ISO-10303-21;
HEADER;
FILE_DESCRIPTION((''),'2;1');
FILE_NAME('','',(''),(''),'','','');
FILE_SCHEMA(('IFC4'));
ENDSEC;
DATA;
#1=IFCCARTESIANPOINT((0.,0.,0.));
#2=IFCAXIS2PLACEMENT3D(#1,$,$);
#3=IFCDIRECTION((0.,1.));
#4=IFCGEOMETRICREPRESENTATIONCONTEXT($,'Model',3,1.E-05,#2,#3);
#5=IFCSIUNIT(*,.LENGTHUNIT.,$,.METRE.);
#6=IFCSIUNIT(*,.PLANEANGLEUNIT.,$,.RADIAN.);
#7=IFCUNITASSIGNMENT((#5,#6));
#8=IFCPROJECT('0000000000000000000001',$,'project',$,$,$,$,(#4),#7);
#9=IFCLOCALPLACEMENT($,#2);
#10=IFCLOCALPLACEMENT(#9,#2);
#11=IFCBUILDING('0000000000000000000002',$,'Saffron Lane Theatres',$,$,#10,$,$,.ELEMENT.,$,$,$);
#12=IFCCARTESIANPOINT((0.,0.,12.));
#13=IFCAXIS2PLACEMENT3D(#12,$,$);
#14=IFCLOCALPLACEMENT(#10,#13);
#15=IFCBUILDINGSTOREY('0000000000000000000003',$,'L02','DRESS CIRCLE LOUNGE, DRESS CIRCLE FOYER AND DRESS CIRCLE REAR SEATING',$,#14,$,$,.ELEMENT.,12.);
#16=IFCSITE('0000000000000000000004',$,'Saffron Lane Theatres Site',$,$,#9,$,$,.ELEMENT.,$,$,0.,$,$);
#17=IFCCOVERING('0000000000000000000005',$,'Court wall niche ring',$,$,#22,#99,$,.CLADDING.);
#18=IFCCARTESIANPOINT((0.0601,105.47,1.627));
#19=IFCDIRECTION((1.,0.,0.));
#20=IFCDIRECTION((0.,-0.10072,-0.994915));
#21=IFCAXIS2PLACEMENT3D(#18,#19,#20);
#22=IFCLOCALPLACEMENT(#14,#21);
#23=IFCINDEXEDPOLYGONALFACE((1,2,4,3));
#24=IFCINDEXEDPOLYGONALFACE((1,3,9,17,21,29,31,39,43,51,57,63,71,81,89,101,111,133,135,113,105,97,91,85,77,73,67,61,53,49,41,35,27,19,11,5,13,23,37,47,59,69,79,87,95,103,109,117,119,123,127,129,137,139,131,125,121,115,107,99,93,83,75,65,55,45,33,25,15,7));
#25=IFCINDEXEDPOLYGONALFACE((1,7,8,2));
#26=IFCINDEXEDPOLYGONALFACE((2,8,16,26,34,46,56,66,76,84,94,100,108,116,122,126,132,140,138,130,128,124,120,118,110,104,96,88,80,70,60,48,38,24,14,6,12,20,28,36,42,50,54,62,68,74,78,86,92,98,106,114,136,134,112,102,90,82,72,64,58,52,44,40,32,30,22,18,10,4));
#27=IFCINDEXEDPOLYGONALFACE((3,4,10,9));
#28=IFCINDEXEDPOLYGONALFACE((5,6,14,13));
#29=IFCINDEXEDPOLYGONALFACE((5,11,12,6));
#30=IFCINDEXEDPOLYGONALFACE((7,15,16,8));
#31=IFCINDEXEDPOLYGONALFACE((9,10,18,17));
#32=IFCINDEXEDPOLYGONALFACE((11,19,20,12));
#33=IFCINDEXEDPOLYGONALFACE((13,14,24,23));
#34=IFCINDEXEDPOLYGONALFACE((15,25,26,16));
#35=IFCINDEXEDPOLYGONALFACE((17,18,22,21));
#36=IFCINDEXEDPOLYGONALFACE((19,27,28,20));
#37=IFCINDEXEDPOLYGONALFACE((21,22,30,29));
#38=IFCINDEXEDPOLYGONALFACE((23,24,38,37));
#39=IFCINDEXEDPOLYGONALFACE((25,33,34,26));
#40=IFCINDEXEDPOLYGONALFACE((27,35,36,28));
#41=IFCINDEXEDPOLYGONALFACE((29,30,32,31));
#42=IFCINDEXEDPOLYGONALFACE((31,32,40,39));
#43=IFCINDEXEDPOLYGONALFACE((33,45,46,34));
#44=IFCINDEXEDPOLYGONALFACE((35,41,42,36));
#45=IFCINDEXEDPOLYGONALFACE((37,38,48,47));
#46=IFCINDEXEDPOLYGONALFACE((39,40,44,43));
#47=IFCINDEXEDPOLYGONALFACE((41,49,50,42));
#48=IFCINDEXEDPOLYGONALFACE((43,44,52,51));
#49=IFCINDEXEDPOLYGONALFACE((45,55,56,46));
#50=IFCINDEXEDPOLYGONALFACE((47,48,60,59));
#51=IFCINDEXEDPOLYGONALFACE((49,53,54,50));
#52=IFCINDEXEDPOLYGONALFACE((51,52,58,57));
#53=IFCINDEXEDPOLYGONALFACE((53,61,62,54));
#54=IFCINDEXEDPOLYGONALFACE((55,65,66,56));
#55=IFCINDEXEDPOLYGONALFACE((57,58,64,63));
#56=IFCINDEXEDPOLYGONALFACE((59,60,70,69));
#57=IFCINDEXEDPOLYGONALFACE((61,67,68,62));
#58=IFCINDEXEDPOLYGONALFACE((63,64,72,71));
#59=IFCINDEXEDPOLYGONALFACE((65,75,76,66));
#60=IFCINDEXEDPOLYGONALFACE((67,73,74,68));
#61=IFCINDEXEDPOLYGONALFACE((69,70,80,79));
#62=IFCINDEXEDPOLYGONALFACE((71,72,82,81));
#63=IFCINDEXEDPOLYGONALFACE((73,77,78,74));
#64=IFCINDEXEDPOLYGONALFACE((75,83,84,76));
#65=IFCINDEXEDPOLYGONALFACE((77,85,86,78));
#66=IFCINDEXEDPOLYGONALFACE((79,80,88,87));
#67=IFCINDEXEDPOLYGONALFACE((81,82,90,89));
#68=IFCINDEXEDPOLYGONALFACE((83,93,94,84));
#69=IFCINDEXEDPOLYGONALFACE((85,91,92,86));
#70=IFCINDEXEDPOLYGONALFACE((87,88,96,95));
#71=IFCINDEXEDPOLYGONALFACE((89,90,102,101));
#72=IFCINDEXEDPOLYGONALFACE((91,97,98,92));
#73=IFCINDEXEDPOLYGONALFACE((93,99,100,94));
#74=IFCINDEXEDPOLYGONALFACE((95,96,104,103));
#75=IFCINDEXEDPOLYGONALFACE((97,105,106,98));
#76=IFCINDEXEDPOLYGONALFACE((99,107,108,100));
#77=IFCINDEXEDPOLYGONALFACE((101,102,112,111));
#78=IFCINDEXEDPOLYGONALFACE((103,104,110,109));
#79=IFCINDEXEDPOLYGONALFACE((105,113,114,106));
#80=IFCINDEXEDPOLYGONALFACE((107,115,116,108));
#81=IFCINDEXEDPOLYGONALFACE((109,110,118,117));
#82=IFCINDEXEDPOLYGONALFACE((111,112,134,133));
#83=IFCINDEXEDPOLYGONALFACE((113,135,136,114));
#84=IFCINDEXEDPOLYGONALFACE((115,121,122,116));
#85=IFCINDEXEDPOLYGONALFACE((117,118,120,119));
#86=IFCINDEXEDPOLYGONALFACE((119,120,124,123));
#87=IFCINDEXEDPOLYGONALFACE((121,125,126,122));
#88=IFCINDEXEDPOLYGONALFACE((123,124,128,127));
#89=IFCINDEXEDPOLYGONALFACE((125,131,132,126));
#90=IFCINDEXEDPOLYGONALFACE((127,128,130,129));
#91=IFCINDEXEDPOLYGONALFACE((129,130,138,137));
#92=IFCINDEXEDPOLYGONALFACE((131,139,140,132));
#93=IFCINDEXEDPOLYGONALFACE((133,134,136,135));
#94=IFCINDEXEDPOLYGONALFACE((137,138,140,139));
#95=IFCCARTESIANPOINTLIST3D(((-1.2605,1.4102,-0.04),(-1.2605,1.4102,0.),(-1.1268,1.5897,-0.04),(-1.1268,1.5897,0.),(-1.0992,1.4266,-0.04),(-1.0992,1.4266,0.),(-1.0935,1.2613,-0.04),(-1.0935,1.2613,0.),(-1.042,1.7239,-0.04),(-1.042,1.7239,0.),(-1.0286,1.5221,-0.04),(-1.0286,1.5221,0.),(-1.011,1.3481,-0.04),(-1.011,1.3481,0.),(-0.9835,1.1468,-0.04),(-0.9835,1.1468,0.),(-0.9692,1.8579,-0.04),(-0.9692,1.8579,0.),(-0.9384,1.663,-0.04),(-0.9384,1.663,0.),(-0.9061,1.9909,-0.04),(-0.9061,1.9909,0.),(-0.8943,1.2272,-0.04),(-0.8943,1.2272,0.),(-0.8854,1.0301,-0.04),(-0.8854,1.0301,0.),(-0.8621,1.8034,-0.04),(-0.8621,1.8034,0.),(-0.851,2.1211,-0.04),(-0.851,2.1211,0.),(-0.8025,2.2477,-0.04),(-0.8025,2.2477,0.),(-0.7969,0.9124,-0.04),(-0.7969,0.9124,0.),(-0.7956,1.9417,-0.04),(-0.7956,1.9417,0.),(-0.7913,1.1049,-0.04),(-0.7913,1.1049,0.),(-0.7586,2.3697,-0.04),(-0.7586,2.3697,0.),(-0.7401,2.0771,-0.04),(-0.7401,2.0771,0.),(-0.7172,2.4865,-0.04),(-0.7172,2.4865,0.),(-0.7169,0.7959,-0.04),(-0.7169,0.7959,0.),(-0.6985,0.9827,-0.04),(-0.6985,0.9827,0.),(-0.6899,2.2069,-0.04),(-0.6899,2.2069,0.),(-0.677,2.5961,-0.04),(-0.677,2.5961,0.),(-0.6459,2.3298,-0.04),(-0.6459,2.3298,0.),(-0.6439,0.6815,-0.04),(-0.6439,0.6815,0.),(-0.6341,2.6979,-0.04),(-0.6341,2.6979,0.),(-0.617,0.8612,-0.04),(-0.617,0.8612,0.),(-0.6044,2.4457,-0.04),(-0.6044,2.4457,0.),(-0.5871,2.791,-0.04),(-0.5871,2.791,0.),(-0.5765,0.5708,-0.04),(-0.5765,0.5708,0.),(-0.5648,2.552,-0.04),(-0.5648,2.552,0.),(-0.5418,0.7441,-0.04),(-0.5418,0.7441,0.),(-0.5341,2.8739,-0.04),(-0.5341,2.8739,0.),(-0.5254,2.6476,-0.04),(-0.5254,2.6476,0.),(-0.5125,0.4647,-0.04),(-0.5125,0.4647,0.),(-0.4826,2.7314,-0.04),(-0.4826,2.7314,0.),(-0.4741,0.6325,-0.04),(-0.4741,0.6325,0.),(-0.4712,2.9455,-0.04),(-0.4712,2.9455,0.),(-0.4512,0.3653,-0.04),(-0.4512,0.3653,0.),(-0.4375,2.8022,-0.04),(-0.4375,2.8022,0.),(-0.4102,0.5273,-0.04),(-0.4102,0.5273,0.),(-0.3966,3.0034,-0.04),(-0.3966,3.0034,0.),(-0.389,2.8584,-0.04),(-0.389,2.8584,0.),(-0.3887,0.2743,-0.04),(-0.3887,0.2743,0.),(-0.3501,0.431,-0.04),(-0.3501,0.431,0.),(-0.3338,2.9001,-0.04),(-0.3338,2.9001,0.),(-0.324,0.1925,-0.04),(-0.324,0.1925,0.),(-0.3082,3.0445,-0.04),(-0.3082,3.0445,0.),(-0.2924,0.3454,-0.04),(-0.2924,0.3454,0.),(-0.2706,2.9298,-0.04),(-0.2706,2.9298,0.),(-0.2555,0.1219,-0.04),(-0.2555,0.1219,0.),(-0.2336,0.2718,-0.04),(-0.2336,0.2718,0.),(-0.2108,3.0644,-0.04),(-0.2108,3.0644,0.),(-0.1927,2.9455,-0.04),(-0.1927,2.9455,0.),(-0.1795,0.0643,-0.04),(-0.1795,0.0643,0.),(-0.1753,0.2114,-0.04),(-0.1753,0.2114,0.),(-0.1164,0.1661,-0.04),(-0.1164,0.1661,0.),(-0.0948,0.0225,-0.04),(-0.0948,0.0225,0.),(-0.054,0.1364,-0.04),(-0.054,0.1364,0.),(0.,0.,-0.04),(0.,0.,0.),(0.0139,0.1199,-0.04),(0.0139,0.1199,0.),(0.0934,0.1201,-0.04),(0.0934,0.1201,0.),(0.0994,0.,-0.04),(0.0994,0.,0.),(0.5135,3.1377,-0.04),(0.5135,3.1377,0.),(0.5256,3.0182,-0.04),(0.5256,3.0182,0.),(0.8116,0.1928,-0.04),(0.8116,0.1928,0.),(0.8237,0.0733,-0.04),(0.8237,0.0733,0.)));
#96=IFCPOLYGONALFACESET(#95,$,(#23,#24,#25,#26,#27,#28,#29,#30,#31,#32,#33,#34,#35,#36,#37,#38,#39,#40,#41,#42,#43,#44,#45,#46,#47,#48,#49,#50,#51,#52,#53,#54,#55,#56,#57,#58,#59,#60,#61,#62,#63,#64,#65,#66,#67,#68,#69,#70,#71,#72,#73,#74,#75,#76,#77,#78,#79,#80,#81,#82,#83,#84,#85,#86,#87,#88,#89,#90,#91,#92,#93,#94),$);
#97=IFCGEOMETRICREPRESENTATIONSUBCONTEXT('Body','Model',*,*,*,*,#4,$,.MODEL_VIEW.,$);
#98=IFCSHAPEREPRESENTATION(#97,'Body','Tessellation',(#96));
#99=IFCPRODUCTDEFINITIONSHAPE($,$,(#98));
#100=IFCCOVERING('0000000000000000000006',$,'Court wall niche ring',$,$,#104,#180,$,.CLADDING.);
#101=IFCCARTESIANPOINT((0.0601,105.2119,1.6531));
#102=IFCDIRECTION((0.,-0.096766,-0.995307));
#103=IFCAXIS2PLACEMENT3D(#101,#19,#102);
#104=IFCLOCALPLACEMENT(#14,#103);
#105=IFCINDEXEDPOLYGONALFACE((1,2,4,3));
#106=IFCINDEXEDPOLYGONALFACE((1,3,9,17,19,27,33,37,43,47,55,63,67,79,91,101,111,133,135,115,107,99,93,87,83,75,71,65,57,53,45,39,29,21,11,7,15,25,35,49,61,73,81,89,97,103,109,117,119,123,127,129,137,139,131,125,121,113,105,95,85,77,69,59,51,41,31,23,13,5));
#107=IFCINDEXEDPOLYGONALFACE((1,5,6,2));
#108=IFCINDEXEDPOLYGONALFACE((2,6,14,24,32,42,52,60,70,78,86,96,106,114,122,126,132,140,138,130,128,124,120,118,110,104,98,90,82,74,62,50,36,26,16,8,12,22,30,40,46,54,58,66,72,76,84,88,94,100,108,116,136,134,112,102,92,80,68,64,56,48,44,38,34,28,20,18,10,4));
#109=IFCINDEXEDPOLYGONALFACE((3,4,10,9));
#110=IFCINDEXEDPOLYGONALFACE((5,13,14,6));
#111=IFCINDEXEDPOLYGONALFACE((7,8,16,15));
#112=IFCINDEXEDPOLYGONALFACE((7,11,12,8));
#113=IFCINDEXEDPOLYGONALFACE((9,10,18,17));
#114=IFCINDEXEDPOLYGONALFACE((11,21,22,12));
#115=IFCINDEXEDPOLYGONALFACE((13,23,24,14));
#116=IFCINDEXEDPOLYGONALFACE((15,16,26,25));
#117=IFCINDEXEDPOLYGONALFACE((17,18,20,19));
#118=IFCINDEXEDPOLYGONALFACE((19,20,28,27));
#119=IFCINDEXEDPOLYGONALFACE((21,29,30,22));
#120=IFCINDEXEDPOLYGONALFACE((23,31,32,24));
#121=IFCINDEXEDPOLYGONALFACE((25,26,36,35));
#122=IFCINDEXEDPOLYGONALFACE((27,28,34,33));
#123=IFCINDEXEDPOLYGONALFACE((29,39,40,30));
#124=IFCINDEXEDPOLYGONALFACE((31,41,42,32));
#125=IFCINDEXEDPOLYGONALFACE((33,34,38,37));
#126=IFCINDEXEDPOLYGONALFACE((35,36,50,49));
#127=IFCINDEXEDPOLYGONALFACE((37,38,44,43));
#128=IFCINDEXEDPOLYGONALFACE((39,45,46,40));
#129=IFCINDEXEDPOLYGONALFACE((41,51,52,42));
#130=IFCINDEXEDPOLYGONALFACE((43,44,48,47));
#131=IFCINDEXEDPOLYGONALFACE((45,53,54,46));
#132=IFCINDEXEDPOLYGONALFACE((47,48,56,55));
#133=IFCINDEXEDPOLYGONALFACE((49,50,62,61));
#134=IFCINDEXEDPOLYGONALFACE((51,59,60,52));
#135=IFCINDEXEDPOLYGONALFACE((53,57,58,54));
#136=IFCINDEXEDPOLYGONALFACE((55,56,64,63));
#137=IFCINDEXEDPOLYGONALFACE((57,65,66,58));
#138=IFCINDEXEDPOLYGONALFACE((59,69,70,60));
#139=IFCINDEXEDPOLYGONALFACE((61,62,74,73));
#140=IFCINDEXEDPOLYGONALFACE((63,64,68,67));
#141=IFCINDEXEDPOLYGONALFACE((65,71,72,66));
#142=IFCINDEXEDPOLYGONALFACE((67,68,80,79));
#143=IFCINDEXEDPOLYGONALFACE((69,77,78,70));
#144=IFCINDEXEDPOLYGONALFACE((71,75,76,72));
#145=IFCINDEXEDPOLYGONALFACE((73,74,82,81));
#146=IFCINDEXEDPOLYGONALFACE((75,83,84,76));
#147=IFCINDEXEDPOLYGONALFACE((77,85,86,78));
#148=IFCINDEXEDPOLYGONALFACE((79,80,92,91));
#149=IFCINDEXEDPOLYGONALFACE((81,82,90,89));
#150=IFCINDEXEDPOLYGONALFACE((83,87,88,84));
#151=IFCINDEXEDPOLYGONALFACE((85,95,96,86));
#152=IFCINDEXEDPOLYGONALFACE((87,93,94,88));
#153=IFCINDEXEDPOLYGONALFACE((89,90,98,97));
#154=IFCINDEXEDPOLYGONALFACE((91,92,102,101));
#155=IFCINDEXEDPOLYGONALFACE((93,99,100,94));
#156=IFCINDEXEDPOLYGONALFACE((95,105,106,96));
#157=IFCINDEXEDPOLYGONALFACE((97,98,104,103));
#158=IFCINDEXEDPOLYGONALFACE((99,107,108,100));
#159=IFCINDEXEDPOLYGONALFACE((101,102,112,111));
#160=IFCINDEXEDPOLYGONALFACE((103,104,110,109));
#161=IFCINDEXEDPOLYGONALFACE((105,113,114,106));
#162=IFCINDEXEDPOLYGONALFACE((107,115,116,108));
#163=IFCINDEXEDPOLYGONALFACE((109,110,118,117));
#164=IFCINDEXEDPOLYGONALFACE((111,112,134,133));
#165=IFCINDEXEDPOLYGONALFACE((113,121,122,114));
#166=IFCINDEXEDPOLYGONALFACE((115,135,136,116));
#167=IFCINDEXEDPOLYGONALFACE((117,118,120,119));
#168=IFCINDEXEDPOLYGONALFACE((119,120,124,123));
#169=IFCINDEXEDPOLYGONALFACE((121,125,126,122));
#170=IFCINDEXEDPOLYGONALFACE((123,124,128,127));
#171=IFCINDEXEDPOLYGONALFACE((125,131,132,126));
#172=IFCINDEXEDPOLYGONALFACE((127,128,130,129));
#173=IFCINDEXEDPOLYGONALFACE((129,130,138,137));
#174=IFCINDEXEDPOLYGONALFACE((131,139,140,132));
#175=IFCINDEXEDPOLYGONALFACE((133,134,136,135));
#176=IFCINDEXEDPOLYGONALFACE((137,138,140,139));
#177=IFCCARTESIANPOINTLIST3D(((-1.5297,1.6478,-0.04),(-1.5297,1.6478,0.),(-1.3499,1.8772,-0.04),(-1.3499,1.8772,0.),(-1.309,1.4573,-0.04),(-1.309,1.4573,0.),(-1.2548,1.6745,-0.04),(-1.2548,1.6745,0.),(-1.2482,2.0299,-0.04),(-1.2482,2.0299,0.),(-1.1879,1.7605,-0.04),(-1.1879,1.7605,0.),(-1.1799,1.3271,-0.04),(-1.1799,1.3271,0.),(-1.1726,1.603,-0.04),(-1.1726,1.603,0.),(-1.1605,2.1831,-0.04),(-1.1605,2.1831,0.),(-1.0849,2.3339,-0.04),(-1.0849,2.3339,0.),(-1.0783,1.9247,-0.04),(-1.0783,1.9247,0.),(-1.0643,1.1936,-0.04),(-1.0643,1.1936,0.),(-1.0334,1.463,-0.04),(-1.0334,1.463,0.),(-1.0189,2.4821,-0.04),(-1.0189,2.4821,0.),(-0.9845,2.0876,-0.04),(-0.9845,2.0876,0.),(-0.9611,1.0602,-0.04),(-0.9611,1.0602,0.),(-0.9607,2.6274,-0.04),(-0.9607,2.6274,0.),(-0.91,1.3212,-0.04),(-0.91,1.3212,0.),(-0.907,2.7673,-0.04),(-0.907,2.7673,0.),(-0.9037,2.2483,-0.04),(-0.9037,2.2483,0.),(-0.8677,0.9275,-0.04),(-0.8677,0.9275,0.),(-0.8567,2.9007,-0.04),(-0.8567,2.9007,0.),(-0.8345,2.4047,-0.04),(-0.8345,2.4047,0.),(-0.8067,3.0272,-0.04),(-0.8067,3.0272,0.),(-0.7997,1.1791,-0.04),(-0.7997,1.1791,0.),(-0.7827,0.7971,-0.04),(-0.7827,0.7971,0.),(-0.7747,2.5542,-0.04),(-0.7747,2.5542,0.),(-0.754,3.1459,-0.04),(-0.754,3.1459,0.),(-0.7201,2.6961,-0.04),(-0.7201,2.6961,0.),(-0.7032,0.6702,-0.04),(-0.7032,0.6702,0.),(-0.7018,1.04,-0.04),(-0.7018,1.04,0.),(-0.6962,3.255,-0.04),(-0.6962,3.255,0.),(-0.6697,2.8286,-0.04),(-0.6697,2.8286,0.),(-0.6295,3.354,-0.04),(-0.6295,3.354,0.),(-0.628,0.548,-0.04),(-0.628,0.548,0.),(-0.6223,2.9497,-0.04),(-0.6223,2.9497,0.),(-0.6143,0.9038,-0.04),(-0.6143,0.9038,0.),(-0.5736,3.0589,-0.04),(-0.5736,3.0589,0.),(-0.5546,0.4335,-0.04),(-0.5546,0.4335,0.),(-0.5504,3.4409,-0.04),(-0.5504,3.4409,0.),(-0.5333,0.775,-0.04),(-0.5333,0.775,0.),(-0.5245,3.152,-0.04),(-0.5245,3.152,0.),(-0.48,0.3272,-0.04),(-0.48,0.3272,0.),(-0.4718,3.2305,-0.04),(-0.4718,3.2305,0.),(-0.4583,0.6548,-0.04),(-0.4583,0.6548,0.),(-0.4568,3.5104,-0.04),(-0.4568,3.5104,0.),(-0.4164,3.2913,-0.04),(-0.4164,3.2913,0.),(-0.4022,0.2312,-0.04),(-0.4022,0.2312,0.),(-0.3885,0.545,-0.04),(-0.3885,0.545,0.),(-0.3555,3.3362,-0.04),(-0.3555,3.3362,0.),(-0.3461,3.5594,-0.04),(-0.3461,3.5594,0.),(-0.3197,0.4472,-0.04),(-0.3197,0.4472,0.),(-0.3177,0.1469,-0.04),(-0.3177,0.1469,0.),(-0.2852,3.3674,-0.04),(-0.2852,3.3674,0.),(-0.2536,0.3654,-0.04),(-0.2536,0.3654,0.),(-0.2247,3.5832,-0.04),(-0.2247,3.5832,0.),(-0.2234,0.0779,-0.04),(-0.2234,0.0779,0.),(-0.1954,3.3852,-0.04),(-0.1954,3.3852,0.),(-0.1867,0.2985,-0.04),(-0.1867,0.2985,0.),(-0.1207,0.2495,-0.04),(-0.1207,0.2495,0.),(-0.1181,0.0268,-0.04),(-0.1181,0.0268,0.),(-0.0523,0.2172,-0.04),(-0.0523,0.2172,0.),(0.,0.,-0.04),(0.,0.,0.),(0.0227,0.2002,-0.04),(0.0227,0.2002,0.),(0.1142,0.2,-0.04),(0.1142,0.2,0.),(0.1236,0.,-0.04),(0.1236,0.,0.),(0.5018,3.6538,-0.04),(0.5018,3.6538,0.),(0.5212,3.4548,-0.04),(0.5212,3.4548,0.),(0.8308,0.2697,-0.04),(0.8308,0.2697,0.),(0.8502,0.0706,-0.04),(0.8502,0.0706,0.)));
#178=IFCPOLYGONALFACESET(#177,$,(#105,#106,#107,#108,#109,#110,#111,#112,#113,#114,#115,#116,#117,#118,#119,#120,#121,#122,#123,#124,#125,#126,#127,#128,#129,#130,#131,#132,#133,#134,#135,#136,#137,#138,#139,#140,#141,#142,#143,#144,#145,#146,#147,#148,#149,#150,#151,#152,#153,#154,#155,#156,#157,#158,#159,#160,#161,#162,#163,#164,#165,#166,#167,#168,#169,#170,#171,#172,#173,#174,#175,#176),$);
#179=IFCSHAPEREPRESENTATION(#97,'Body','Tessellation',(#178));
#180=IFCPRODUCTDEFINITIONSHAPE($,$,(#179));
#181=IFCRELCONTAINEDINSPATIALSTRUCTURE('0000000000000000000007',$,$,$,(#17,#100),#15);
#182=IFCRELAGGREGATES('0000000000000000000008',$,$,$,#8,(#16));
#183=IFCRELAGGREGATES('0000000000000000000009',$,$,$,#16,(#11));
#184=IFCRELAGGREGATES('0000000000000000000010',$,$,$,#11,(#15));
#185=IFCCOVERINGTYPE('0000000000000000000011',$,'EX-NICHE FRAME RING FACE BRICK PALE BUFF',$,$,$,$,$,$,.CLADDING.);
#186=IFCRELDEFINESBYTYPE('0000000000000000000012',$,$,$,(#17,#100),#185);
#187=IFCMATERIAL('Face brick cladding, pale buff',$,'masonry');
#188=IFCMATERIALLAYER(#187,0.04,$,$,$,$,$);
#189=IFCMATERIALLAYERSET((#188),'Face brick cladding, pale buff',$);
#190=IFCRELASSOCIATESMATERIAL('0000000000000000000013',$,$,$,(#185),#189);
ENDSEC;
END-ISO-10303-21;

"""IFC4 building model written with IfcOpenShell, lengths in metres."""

from ifc_helpers import new_model, si_unit, direction, frame, origin, place, context, subcontext, project, spatial, polyline, outline, extrude, material, layer, layer_set, type_object, element, save


model = new_model("IFC4")

# Units and contexts
model_context = context("Model", 3, precision=1e-05, world=origin(), true_north=direction((0.0, 1.0)))
body_context = subcontext(model_context, "Body", "Model", "MODEL_VIEW")
ifc_project = project(units=[si_unit("LENGTHUNIT", "METRE"), si_unit("PLANEANGLEUNIT", "RADIAN")], contexts=[model_context])

# Site, building, storey
site_placement = place(None, origin())
site = spatial("IfcSite", under=ifc_project, at=site_placement, Name="Saffron Lane Theatres Site", CompositionType="ELEMENT", RefElevation=0.0)
building_placement = place(site_placement, origin())
building = spatial("IfcBuilding", under=site, at=building_placement, Name="Saffron Lane Theatres", CompositionType="ELEMENT")
storey_placement = place(building_placement, frame((0.0, 0.0, 12.0)))
storey = spatial("IfcBuildingStorey", under=building, at=storey_placement, Name="L02", Description="DRESS CIRCLE LOUNGE, DRESS CIRCLE FOYER AND DRESS CIRCLE REAR SEATING", CompositionType="ELEMENT", Elevation=12.0)

# Coverings
ifc_material_1 = material(Name="Face brick cladding, pale buff", Category="masonry")
ifc_layer_1 = layer(ifc_material_1, 0.04)
ifc_layer_set_1 = layer_set([ifc_layer_1], Name="Face brick cladding, pale buff")
covering_type_1 = type_object("IfcCoveringType", Name="EX-NICHE FRAME RING FACE BRICK PALE BUFF", PredefinedType="CLADDING", material=ifc_layer_set_1)
covering_1_placement = place(storey_placement, frame((0.0601, 105.47, 1.627), z_axis=(1.0, 0.0, 0.0), x_axis=(0.0, -0.10072, -0.994915)))
element("IfcCovering", 1, at=covering_1_placement, inside=storey, type_object=covering_type_1, Name="Court wall niche ring", PredefinedType="CLADDING", context=body_context, shape_type="SweptSolid", body=[
    extrude(outline(polyline([(0.0, 0.0), (0.0994, 0.0), (0.8237, 0.0733), (0.8116, 0.1928), (0.0934, 0.1201), (0.0139, 0.1199), (-0.054, 0.1364), (-0.1164, 0.1661), (-0.1753, 0.2114), (-0.2336, 0.2718), (-0.2924, 0.3454), (-0.3501, 0.431), (-0.4102, 0.5273), (-0.4741, 0.6325), (-0.5418, 0.7441), (-0.617, 0.8612), (-0.6985, 0.9827), (-0.7913, 1.1049), (-0.8943, 1.2272), (-1.011, 1.3481), (-1.0992, 1.4266), (-1.0286, 1.5221), (-0.9384, 1.663), (-0.8621, 1.8034), (-0.7956, 1.9417), (-0.7401, 2.0771), (-0.6899, 2.2069), (-0.6459, 2.3298), (-0.6044, 2.4457), (-0.5648, 2.552), (-0.5254, 2.6476), (-0.4826, 2.7314), (-0.4375, 2.8022), (-0.389, 2.8584), (-0.3338, 2.9001), (-0.2706, 2.9298), (-0.1927, 2.9455), (0.5256, 3.0182), (0.5135, 3.1377), (-0.2108, 3.0644), (-0.3082, 3.0445), (-0.3966, 3.0034), (-0.4712, 2.9455), (-0.5341, 2.8739), (-0.5871, 2.791), (-0.6341, 2.6979), (-0.677, 2.5961), (-0.7172, 2.4865), (-0.7586, 2.3697), (-0.8025, 2.2477), (-0.851, 2.1211), (-0.9061, 1.9909), (-0.9692, 1.8579), (-1.042, 1.7239), (-1.1268, 1.5897), (-1.2605, 1.4102), (-1.0935, 1.2613), (-0.9835, 1.1468), (-0.8854, 1.0301), (-0.7969, 0.9124), (-0.7169, 0.7959), (-0.6439, 0.6815), (-0.5765, 0.5708), (-0.5125, 0.4647), (-0.4512, 0.3653), (-0.3887, 0.2743), (-0.324, 0.1925), (-0.2555, 0.1219), (-0.1795, 0.0643), (-0.0948, 0.0225), (0.0, 0.0)])), origin(), (0.0, 0.0, -1.0), 0.04),
])
covering_2_placement = place(storey_placement, frame((0.0601, 105.2119, 1.6531), z_axis=(1.0, 0.0, 0.0), x_axis=(0.0, -0.096766, -0.995307)))
element("IfcCovering", 2, at=covering_2_placement, inside=storey, type_object=covering_type_1, Name="Court wall niche ring", PredefinedType="CLADDING", context=body_context, shape_type="SweptSolid", body=[
    extrude(outline(polyline([(0.0, 0.0), (0.1236, 0.0), (0.8502, 0.0706), (0.8308, 0.2697), (0.1142, 0.2), (0.0227, 0.2002), (-0.0523, 0.2172), (-0.1207, 0.2495), (-0.1867, 0.2985), (-0.2536, 0.3654), (-0.3197, 0.4472), (-0.3885, 0.545), (-0.4583, 0.6548), (-0.5333, 0.775), (-0.6143, 0.9038), (-0.7018, 1.04), (-0.7997, 1.1791), (-0.91, 1.3212), (-1.0334, 1.463), (-1.1726, 1.603), (-1.2548, 1.6745), (-1.1879, 1.7605), (-1.0783, 1.9247), (-0.9845, 2.0876), (-0.9037, 2.2483), (-0.8345, 2.4047), (-0.7747, 2.5542), (-0.7201, 2.6961), (-0.6697, 2.8286), (-0.6223, 2.9497), (-0.5736, 3.0589), (-0.5245, 3.152), (-0.4718, 3.2305), (-0.4164, 3.2913), (-0.3555, 3.3362), (-0.2852, 3.3674), (-0.1954, 3.3852), (0.5212, 3.4548), (0.5018, 3.6538), (-0.2247, 3.5832), (-0.3461, 3.5594), (-0.4568, 3.5104), (-0.5504, 3.4409), (-0.6295, 3.354), (-0.6962, 3.255), (-0.754, 3.1459), (-0.8067, 3.0272), (-0.8567, 2.9007), (-0.907, 2.7673), (-0.9607, 2.6274), (-1.0189, 2.4821), (-1.0849, 2.3339), (-1.1605, 2.1831), (-1.2482, 2.0299), (-1.3499, 1.8772), (-1.5297, 1.6478), (-1.309, 1.4573), (-1.1799, 1.3271), (-1.0643, 1.1936), (-0.9611, 1.0602), (-0.8677, 0.9275), (-0.7827, 0.7971), (-0.7032, 0.6702), (-0.628, 0.548), (-0.5546, 0.4335), (-0.48, 0.3272), (-0.4022, 0.2312), (-0.3177, 0.1469), (-0.2234, 0.0779), (-0.1181, 0.0268), (0.0, 0.0)])), origin(), (0.0, 0.0, -1.0), 0.04),
])

save(model, "model.ifc")
